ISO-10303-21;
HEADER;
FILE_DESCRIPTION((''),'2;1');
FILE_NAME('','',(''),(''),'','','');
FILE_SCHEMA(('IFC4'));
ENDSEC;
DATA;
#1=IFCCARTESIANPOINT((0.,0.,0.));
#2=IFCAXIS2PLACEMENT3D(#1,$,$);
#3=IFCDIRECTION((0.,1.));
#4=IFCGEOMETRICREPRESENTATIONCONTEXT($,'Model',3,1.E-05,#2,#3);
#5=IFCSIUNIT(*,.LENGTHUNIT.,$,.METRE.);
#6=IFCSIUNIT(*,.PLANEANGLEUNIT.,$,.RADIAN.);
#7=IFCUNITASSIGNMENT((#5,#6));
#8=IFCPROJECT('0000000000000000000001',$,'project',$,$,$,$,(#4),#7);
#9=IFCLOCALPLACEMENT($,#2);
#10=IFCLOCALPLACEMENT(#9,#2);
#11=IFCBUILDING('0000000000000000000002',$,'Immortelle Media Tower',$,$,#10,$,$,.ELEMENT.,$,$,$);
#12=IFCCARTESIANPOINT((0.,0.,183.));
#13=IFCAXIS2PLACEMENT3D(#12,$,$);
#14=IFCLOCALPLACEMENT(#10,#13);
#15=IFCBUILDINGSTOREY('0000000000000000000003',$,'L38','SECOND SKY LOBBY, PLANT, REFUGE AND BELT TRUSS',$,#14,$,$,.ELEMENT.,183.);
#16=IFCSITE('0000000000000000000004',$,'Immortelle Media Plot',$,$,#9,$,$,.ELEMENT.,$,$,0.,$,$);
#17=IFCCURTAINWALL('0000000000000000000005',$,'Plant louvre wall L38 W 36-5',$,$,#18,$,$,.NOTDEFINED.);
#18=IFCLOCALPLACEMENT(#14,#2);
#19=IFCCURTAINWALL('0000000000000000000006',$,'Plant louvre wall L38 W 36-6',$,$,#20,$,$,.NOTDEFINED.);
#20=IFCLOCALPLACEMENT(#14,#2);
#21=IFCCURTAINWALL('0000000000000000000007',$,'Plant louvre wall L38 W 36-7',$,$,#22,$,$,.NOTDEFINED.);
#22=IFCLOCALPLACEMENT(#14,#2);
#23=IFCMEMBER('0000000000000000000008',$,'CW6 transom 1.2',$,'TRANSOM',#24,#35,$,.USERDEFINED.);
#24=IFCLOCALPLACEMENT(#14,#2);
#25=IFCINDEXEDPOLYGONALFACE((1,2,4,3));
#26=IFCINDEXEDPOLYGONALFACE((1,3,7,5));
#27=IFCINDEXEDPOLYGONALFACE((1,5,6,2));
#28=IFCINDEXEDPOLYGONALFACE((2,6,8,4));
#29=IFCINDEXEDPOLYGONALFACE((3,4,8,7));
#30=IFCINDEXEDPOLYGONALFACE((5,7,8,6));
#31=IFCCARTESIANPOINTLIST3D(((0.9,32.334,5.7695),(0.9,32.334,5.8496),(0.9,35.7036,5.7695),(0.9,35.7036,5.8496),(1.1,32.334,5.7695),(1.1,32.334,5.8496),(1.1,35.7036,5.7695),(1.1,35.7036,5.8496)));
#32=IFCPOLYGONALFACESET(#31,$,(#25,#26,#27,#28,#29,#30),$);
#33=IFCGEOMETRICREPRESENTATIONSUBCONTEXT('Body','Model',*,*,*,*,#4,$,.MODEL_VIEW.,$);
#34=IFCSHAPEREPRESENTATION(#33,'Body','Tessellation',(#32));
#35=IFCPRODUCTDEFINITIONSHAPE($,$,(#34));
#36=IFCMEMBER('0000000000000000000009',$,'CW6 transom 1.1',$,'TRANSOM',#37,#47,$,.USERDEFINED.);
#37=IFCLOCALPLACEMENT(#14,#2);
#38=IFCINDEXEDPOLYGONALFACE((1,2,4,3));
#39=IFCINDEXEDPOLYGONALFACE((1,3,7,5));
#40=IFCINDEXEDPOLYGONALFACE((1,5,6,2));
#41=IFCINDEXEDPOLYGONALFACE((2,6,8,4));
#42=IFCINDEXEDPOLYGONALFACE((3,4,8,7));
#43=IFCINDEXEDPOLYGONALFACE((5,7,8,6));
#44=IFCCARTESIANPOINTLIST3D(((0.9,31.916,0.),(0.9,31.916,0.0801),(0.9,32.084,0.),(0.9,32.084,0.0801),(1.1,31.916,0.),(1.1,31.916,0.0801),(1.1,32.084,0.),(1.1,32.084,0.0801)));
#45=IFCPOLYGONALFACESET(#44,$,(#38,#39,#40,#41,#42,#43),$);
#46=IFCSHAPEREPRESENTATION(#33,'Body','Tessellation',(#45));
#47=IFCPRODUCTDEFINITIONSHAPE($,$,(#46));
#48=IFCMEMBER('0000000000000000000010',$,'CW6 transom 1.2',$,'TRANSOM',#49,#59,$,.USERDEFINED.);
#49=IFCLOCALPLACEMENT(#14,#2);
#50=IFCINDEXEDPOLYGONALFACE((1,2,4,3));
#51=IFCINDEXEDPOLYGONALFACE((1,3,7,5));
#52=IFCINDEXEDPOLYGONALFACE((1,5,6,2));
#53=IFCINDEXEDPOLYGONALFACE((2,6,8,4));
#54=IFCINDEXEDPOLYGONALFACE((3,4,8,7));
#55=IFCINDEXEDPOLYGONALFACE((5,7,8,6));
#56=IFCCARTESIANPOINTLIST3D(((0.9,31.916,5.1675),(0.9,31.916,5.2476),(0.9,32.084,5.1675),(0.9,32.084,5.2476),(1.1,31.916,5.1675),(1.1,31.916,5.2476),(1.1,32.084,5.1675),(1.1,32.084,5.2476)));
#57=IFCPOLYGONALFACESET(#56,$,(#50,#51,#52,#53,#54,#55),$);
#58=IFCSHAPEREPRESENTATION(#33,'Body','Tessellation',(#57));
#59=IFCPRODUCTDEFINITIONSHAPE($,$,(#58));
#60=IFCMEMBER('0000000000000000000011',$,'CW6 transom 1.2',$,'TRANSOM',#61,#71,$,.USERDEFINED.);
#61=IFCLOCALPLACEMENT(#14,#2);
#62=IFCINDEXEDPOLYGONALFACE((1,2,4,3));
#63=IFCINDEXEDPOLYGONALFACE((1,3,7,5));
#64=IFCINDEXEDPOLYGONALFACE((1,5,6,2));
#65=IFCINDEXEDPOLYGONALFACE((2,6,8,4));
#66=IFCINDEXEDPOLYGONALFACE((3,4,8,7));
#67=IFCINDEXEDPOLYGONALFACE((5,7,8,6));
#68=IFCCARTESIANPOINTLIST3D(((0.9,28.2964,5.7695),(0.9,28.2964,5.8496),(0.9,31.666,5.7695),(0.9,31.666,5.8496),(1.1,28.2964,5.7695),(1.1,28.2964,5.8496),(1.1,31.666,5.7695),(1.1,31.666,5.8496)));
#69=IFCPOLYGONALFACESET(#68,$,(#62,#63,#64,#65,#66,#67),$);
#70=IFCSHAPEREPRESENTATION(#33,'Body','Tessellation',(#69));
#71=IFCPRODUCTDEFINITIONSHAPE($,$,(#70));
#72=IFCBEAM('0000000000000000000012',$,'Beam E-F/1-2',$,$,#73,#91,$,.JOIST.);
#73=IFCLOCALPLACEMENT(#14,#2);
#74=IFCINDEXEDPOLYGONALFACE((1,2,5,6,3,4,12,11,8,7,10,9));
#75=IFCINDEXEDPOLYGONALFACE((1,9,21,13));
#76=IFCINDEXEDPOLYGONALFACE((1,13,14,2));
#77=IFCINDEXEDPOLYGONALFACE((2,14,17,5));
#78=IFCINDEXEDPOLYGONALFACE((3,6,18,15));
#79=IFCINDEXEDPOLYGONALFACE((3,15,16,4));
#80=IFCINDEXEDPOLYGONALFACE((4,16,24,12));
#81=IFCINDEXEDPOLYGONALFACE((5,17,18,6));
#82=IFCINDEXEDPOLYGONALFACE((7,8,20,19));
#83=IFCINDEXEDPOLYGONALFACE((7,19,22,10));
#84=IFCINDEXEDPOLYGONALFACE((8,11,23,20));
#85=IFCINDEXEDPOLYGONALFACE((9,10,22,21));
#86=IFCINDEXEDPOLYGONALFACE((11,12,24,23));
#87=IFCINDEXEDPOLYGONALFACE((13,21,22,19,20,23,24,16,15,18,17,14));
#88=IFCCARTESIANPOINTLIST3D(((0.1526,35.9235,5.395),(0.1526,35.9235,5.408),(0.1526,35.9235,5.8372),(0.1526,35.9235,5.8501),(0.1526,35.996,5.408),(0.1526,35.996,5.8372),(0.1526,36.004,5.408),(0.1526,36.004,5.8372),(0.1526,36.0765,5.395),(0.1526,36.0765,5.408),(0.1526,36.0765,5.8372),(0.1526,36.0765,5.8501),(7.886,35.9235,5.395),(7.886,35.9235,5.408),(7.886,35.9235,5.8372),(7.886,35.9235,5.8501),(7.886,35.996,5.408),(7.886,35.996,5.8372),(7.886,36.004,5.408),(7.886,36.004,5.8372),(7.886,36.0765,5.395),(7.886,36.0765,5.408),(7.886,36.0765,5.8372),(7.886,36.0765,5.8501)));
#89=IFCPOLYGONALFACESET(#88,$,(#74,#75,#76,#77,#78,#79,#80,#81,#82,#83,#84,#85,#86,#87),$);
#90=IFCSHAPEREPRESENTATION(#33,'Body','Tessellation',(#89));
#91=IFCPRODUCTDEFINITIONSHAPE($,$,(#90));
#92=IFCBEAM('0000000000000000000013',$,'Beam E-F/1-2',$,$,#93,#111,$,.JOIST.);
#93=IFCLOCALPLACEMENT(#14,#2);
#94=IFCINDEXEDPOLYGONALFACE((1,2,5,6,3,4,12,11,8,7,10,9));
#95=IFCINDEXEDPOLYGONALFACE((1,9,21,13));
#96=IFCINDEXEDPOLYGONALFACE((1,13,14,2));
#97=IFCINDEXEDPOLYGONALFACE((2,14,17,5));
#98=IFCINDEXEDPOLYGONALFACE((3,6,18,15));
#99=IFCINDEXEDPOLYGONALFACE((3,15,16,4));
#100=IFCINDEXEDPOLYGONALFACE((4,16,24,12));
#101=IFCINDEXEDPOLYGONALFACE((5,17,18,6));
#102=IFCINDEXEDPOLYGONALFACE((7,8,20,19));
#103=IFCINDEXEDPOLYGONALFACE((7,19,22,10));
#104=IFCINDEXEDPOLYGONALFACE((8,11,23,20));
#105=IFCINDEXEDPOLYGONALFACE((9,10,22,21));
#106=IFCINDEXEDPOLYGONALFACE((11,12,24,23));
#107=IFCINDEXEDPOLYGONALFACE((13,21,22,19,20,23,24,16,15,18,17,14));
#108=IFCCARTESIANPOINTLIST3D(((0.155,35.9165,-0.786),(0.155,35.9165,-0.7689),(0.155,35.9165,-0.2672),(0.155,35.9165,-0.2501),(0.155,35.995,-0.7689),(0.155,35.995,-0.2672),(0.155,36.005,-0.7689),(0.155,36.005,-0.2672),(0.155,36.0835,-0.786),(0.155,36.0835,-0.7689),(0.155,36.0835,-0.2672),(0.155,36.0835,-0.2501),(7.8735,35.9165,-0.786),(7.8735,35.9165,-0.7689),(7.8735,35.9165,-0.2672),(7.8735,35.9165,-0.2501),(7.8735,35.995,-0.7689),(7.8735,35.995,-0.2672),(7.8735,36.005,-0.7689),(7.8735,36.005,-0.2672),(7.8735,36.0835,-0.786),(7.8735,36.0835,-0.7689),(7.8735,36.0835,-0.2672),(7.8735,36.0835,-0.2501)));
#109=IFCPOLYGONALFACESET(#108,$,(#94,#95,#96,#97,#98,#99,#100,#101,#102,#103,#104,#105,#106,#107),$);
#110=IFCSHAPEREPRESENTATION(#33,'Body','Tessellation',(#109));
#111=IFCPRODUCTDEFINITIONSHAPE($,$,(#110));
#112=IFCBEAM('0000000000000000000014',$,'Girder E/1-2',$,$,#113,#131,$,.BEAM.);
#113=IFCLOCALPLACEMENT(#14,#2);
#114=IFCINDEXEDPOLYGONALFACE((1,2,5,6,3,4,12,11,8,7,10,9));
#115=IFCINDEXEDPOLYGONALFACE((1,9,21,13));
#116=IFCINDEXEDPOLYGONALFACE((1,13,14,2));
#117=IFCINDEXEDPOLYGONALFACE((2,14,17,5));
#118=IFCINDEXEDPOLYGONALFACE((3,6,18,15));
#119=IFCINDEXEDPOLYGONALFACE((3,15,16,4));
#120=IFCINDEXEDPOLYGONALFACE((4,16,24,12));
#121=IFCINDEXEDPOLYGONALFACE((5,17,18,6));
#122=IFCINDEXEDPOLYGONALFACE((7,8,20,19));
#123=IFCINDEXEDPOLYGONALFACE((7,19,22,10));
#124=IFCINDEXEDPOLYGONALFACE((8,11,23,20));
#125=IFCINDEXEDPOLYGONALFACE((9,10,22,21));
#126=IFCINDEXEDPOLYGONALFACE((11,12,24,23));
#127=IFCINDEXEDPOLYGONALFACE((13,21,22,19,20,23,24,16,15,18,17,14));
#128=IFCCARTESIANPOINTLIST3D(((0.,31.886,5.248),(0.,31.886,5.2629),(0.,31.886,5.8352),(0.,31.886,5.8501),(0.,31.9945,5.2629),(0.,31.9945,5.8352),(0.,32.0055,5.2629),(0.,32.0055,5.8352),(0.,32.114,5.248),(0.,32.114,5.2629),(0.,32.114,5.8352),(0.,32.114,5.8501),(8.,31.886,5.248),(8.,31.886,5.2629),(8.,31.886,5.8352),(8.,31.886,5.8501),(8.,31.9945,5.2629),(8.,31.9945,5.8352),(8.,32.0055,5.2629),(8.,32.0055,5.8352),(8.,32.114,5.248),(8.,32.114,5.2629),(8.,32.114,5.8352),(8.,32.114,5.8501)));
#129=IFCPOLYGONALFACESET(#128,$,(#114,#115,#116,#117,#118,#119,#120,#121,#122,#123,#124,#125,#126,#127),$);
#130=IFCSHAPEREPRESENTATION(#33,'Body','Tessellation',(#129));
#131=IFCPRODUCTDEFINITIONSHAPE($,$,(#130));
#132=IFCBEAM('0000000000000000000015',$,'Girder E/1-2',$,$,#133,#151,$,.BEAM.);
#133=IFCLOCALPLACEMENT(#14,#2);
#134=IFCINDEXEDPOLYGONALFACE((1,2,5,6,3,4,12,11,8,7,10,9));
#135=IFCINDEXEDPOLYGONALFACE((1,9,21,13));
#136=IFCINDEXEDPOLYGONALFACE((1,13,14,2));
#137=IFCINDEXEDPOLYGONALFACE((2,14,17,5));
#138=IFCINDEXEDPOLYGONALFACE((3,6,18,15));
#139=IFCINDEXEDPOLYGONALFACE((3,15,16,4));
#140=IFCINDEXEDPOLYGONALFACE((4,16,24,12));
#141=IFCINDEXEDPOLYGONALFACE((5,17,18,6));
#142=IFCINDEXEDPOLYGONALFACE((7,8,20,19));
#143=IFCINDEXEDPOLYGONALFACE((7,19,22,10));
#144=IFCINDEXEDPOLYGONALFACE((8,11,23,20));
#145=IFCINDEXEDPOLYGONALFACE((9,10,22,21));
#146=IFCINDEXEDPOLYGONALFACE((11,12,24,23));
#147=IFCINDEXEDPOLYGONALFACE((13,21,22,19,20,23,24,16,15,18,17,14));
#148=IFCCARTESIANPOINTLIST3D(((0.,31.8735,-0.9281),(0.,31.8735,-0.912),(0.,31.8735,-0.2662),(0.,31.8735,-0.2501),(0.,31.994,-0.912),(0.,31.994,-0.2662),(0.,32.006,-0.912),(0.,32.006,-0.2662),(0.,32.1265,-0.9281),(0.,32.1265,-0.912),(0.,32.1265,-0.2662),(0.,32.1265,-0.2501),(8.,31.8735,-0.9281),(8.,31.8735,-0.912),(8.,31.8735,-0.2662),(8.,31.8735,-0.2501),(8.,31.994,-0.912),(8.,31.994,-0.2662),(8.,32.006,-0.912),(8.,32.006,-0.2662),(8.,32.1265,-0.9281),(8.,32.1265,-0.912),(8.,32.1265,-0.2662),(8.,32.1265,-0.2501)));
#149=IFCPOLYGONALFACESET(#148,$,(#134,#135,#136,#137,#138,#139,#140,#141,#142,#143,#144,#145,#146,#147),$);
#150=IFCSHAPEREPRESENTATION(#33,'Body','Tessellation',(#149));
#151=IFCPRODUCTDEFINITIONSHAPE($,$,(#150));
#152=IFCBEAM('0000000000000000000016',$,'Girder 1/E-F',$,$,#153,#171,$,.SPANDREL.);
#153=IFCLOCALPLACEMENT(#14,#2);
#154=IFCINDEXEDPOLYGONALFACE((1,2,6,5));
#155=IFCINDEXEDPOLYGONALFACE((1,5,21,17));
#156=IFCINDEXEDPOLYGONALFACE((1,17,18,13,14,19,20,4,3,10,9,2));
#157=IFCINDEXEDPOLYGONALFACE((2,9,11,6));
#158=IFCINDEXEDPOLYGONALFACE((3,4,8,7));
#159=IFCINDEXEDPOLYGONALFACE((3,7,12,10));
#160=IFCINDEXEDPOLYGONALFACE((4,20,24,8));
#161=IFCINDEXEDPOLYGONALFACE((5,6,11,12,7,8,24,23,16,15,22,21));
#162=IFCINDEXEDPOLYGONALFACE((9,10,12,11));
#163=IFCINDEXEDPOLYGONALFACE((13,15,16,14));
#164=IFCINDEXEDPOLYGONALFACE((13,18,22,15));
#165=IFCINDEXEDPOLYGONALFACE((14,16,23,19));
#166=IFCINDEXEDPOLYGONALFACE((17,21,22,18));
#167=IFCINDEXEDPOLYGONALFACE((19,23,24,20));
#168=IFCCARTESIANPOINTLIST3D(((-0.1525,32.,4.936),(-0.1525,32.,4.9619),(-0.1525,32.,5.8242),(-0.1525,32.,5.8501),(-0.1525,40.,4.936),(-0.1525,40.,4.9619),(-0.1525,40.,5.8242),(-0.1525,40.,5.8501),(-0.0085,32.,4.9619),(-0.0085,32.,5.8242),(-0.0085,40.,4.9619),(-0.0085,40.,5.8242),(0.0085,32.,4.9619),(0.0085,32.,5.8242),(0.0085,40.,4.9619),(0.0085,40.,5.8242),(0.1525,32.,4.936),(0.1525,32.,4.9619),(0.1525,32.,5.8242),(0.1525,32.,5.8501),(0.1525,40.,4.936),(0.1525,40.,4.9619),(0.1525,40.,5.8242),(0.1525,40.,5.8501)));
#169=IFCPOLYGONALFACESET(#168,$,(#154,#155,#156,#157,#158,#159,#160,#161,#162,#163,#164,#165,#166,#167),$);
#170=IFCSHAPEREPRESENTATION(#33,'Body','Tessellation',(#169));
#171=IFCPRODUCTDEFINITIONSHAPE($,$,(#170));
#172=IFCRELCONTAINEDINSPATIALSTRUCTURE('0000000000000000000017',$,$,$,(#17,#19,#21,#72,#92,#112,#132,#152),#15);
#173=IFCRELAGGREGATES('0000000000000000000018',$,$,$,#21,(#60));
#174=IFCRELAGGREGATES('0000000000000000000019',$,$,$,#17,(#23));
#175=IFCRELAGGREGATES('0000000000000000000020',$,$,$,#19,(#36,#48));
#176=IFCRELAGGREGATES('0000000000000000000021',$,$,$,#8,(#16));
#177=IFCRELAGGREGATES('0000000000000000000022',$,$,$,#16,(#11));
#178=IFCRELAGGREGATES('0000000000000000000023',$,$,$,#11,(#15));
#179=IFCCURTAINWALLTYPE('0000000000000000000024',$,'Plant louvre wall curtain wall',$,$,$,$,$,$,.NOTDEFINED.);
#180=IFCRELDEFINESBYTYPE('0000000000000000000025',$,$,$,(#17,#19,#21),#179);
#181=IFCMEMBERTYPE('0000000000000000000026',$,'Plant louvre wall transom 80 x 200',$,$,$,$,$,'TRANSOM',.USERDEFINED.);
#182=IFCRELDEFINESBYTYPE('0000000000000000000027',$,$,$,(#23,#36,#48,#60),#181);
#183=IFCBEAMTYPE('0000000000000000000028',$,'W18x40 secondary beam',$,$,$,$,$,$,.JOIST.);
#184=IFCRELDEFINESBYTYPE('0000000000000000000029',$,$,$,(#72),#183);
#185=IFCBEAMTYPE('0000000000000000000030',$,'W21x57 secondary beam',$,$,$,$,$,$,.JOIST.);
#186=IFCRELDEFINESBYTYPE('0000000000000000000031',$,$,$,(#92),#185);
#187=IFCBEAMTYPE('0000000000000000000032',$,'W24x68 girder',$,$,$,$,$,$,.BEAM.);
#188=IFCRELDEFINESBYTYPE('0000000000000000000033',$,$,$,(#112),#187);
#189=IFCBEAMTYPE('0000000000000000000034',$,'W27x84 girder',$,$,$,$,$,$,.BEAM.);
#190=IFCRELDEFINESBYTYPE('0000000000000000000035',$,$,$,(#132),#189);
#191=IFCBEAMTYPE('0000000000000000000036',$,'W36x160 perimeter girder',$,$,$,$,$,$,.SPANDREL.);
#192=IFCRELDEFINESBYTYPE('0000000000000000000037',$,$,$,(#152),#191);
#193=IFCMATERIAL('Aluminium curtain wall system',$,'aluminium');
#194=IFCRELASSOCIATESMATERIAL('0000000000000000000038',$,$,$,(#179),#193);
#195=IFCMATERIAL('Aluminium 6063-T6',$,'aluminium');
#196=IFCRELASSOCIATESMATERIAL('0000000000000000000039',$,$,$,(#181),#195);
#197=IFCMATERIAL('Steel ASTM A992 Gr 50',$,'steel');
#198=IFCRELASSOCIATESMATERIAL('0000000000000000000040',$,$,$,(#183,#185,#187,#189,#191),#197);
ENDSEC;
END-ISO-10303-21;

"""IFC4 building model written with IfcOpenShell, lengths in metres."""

from ifc_helpers import new_model, si_unit, direction, frame, origin, origin_2d, place, context, subcontext, project, spatial, rectangle, i_section, extrude, material, material_profile, profile_set, type_object, element, aggregate, save


model = new_model("IFC4")

# Units and contexts
model_context = context("Model", 3, precision=1e-05, world=origin(), true_north=direction((0.0, 1.0)))
body_context = subcontext(model_context, "Body", "Model", "MODEL_VIEW")
ifc_project = project(units=[si_unit("LENGTHUNIT", "METRE"), si_unit("PLANEANGLEUNIT", "RADIAN")], contexts=[model_context])

# Site, building, storey
site_placement = place(None, origin())
site = spatial("IfcSite", under=ifc_project, at=site_placement, Name="Immortelle Media Plot", CompositionType="ELEMENT", RefElevation=0.0)
building_placement = place(site_placement, origin())
building = spatial("IfcBuilding", under=site, at=building_placement, Name="Immortelle Media Tower", CompositionType="ELEMENT")
storey_placement = place(building_placement, frame((0.0, 0.0, 183.0)))
storey = spatial("IfcBuildingStorey", under=building, at=storey_placement, Name="L38", Description="SECOND SKY LOBBY, PLANT, REFUGE AND BELT TRUSS", CompositionType="ELEMENT", Elevation=183.0)

# Shared definitions
ifc_material_1 = material(Name="Steel ASTM A992 Gr 50", Category="steel")

# Curtain wall
ifc_material_2 = material(Name="Aluminium curtain wall system", Category="aluminium")
curtain_wall_type = type_object("IfcCurtainWallType", Name="Plant louvre wall curtain wall", PredefinedType="NOTDEFINED", material=ifc_material_2)
curtain_wall_1_placement = place(storey_placement, origin())
curtain_wall_1 = element("IfcCurtainWall", 1, at=curtain_wall_1_placement, inside=storey, type_object=curtain_wall_type, Name="Plant louvre wall L38 W 36-5", PredefinedType="NOTDEFINED")
ifc_material_3 = material(Name="Aluminium 6063-T6", Category="aluminium")

# Curtain wall
curtain_wall_2_placement = place(storey_placement, origin())
curtain_wall_2 = element("IfcCurtainWall", 2, at=curtain_wall_2_placement, inside=storey, type_object=curtain_wall_type, Name="Plant louvre wall L38 W 36-6", PredefinedType="NOTDEFINED")

# Curtain wall
curtain_wall_3_placement = place(storey_placement, origin())
curtain_wall_3 = element("IfcCurtainWall", 3, at=curtain_wall_3_placement, inside=storey, type_object=curtain_wall_type, Name="Plant louvre wall L38 W 36-7", PredefinedType="NOTDEFINED")

# Members
ifc_material_profile_1 = material_profile(ifc_material_3, rectangle(XDim=0.2, YDim=0.0801, at=origin_2d()), Name="AL 80x200")
ifc_profile_set_1 = profile_set([ifc_material_profile_1], Name="Aluminium 6063-T6")
member_type_1 = type_object("IfcMemberType", Name="Plant louvre wall transom 80 x 200", ElementType="TRANSOM", PredefinedType="USERDEFINED", material=ifc_profile_set_1)
member_1_placement = place(storey_placement, frame((1.0, 35.7036, 5.8096), z_axis=(0.0, -1.0, 0.0), x_axis=(1.0, 0.0, 0.0)))
member_1 = element("IfcMember", 4, at=member_1_placement, type_object=member_type_1, Name="CW6 transom 1.2", ObjectType="TRANSOM", PredefinedType="USERDEFINED", context=body_context, shape_type="SweptSolid", body=[
    extrude(rectangle(XDim=0.2, YDim=0.0801, at=origin_2d()), origin(), (0.0, 0.0, 1.0), 3.3696),
])
member_2_placement = place(storey_placement, frame((1.0, 32.084, 0.04), z_axis=(0.0, -1.0, 0.0), x_axis=(1.0, 0.0, 0.0)))
member_2 = element("IfcMember", 5, at=member_2_placement, type_object=member_type_1, Name="CW6 transom 1.1", ObjectType="TRANSOM", PredefinedType="USERDEFINED", context=body_context, shape_type="SweptSolid", body=[
    extrude(rectangle(XDim=0.2, YDim=0.0801, at=origin_2d()), origin(), (0.0, 0.0, 1.0), 0.168),
])
member_3_placement = place(storey_placement, frame((1.0, 32.084, 5.2075), z_axis=(0.0, -1.0, 0.0), x_axis=(1.0, 0.0, 0.0)))
member_3 = element("IfcMember", 6, at=member_3_placement, type_object=member_type_1, Name="CW6 transom 1.2", ObjectType="TRANSOM", PredefinedType="USERDEFINED", context=body_context, shape_type="SweptSolid", body=[
    extrude(rectangle(XDim=0.2, YDim=0.0801, at=origin_2d()), origin(), (0.0, 0.0, 1.0), 0.168),
])
member_4_placement = place(storey_placement, frame((1.0, 31.666, 5.8096), z_axis=(0.0, -1.0, 0.0), x_axis=(1.0, 0.0, 0.0)))
member_4 = element("IfcMember", 7, at=member_4_placement, type_object=member_type_1, Name="CW6 transom 1.2", ObjectType="TRANSOM", PredefinedType="USERDEFINED", context=body_context, shape_type="SweptSolid", body=[
    extrude(rectangle(XDim=0.2, YDim=0.0801, at=origin_2d()), origin(), (0.0, 0.0, 1.0), 3.3696),
])
aggregate(curtain_wall_3, [member_4])

# Beams
ifc_material_profile_2 = material_profile(ifc_material_1, i_section(OverallWidth=0.1531, OverallDepth=0.4551, WebThickness=0.0081, FlangeThickness=0.0129, at=origin_2d()), Name="W18x40")
ifc_profile_set_2 = profile_set([ifc_material_profile_2], Name="Steel ASTM A992 Gr 50")
beam_type_1 = type_object("IfcBeamType", Name="W18x40 secondary beam", PredefinedType="JOIST", material=ifc_profile_set_2)
beam_1_placement = place(storey_placement, frame((0.1526, 36.0, 5.6226), z_axis=(1.0, 0.0, 0.0), x_axis=(0.0, 1.0, 0.0)))
element("IfcBeam", 8, at=beam_1_placement, inside=storey, type_object=beam_type_1, Name="Beam E-F/1-2", PredefinedType="JOIST", context=body_context, shape_type="SweptSolid", body=[
    extrude(i_section(OverallWidth=0.1531, OverallDepth=0.4551, WebThickness=0.0081, FlangeThickness=0.0129, at=origin_2d()), origin(), (0.0, 0.0, 1.0), 7.7334),
])
ifc_material_profile_3 = material_profile(ifc_material_1, i_section(OverallWidth=0.167, OverallDepth=0.5359, WebThickness=0.01, FlangeThickness=0.0171, at=origin_2d()), Name="W21x57")
ifc_profile_set_3 = profile_set([ifc_material_profile_3], Name="Steel ASTM A992 Gr 50")
beam_type_2 = type_object("IfcBeamType", Name="W21x57 secondary beam", PredefinedType="JOIST", material=ifc_profile_set_3)
beam_2_placement = place(storey_placement, frame((0.155, 36.0, -0.5181), z_axis=(1.0, 0.0, 0.0), x_axis=(0.0, 1.0, 0.0)))
element("IfcBeam", 9, at=beam_2_placement, inside=storey, type_object=beam_type_2, Name="Beam E-F/1-2", PredefinedType="JOIST", context=body_context, shape_type="SweptSolid", body=[
    extrude(i_section(OverallWidth=0.167, OverallDepth=0.5359, WebThickness=0.01, FlangeThickness=0.0171, at=origin_2d()), origin(), (0.0, 0.0, 1.0), 7.7185),
])
ifc_material_profile_4 = material_profile(ifc_material_1, i_section(OverallWidth=0.228, OverallDepth=0.6021, WebThickness=0.011, FlangeThickness=0.0149, at=origin_2d()), Name="W24x68")
ifc_profile_set_4 = profile_set([ifc_material_profile_4], Name="Steel ASTM A992 Gr 50")
beam_type_3 = type_object("IfcBeamType", Name="W24x68 girder", PredefinedType="BEAM", material=ifc_profile_set_4)
beam_3_placement = place(storey_placement, frame((0.0, 32.0, 5.5491), z_axis=(1.0, 0.0, 0.0), x_axis=(0.0, 1.0, 0.0)))
element("IfcBeam", 10, at=beam_3_placement, inside=storey, type_object=beam_type_3, Name="Girder E/1-2", PredefinedType="BEAM", context=body_context, shape_type="SweptSolid", body=[
    extrude(i_section(OverallWidth=0.228, OverallDepth=0.6021, WebThickness=0.011, FlangeThickness=0.0149, at=origin_2d()), origin(), (0.0, 0.0, 1.0), 8.0),
])
ifc_material_profile_5 = material_profile(ifc_material_1, i_section(OverallWidth=0.2529, OverallDepth=0.678, WebThickness=0.012, FlangeThickness=0.0161, at=origin_2d()), Name="W27x84")
ifc_profile_set_5 = profile_set([ifc_material_profile_5], Name="Steel ASTM A992 Gr 50")
beam_type_4 = type_object("IfcBeamType", Name="W27x84 girder", PredefinedType="BEAM", material=ifc_profile_set_5)
beam_4_placement = place(storey_placement, frame((0.0, 32.0, -0.5891), z_axis=(1.0, 0.0, 0.0), x_axis=(0.0, 1.0, 0.0)))
element("IfcBeam", 11, at=beam_4_placement, inside=storey, type_object=beam_type_4, Name="Girder E/1-2", PredefinedType="BEAM", context=body_context, shape_type="SweptSolid", body=[
    extrude(i_section(OverallWidth=0.2529, OverallDepth=0.678, WebThickness=0.012, FlangeThickness=0.0161, at=origin_2d()), origin(), (0.0, 0.0, 1.0), 8.0),
])
ifc_material_profile_6 = material_profile(ifc_material_1, i_section(OverallWidth=0.3049, OverallDepth=0.9141, WebThickness=0.0171, FlangeThickness=0.0259, at=origin_2d()), Name="W36x160")
ifc_profile_set_6 = profile_set([ifc_material_profile_6], Name="Steel ASTM A992 Gr 50")
beam_type_5 = type_object("IfcBeamType", Name="W36x160 perimeter girder", PredefinedType="SPANDREL", material=ifc_profile_set_6)
beam_5_placement = place(storey_placement, frame((0.0, 32.0, 5.3931), z_axis=(0.0, 1.0, 0.0), x_axis=(-1.0, 0.0, 0.0)))
element("IfcBeam", 12, at=beam_5_placement, inside=storey, type_object=beam_type_5, Name="Girder 1/E-F", PredefinedType="SPANDREL", context=body_context, shape_type="SweptSolid", body=[
    extrude(i_section(OverallWidth=0.3049, OverallDepth=0.9141, WebThickness=0.0171, FlangeThickness=0.0259, at=origin_2d()), origin(), (0.0, 0.0, 1.0), 8.0),
])

aggregate(curtain_wall_1, [member_1])
aggregate(curtain_wall_2, [member_2, member_3])

save(model, "model.ifc")
